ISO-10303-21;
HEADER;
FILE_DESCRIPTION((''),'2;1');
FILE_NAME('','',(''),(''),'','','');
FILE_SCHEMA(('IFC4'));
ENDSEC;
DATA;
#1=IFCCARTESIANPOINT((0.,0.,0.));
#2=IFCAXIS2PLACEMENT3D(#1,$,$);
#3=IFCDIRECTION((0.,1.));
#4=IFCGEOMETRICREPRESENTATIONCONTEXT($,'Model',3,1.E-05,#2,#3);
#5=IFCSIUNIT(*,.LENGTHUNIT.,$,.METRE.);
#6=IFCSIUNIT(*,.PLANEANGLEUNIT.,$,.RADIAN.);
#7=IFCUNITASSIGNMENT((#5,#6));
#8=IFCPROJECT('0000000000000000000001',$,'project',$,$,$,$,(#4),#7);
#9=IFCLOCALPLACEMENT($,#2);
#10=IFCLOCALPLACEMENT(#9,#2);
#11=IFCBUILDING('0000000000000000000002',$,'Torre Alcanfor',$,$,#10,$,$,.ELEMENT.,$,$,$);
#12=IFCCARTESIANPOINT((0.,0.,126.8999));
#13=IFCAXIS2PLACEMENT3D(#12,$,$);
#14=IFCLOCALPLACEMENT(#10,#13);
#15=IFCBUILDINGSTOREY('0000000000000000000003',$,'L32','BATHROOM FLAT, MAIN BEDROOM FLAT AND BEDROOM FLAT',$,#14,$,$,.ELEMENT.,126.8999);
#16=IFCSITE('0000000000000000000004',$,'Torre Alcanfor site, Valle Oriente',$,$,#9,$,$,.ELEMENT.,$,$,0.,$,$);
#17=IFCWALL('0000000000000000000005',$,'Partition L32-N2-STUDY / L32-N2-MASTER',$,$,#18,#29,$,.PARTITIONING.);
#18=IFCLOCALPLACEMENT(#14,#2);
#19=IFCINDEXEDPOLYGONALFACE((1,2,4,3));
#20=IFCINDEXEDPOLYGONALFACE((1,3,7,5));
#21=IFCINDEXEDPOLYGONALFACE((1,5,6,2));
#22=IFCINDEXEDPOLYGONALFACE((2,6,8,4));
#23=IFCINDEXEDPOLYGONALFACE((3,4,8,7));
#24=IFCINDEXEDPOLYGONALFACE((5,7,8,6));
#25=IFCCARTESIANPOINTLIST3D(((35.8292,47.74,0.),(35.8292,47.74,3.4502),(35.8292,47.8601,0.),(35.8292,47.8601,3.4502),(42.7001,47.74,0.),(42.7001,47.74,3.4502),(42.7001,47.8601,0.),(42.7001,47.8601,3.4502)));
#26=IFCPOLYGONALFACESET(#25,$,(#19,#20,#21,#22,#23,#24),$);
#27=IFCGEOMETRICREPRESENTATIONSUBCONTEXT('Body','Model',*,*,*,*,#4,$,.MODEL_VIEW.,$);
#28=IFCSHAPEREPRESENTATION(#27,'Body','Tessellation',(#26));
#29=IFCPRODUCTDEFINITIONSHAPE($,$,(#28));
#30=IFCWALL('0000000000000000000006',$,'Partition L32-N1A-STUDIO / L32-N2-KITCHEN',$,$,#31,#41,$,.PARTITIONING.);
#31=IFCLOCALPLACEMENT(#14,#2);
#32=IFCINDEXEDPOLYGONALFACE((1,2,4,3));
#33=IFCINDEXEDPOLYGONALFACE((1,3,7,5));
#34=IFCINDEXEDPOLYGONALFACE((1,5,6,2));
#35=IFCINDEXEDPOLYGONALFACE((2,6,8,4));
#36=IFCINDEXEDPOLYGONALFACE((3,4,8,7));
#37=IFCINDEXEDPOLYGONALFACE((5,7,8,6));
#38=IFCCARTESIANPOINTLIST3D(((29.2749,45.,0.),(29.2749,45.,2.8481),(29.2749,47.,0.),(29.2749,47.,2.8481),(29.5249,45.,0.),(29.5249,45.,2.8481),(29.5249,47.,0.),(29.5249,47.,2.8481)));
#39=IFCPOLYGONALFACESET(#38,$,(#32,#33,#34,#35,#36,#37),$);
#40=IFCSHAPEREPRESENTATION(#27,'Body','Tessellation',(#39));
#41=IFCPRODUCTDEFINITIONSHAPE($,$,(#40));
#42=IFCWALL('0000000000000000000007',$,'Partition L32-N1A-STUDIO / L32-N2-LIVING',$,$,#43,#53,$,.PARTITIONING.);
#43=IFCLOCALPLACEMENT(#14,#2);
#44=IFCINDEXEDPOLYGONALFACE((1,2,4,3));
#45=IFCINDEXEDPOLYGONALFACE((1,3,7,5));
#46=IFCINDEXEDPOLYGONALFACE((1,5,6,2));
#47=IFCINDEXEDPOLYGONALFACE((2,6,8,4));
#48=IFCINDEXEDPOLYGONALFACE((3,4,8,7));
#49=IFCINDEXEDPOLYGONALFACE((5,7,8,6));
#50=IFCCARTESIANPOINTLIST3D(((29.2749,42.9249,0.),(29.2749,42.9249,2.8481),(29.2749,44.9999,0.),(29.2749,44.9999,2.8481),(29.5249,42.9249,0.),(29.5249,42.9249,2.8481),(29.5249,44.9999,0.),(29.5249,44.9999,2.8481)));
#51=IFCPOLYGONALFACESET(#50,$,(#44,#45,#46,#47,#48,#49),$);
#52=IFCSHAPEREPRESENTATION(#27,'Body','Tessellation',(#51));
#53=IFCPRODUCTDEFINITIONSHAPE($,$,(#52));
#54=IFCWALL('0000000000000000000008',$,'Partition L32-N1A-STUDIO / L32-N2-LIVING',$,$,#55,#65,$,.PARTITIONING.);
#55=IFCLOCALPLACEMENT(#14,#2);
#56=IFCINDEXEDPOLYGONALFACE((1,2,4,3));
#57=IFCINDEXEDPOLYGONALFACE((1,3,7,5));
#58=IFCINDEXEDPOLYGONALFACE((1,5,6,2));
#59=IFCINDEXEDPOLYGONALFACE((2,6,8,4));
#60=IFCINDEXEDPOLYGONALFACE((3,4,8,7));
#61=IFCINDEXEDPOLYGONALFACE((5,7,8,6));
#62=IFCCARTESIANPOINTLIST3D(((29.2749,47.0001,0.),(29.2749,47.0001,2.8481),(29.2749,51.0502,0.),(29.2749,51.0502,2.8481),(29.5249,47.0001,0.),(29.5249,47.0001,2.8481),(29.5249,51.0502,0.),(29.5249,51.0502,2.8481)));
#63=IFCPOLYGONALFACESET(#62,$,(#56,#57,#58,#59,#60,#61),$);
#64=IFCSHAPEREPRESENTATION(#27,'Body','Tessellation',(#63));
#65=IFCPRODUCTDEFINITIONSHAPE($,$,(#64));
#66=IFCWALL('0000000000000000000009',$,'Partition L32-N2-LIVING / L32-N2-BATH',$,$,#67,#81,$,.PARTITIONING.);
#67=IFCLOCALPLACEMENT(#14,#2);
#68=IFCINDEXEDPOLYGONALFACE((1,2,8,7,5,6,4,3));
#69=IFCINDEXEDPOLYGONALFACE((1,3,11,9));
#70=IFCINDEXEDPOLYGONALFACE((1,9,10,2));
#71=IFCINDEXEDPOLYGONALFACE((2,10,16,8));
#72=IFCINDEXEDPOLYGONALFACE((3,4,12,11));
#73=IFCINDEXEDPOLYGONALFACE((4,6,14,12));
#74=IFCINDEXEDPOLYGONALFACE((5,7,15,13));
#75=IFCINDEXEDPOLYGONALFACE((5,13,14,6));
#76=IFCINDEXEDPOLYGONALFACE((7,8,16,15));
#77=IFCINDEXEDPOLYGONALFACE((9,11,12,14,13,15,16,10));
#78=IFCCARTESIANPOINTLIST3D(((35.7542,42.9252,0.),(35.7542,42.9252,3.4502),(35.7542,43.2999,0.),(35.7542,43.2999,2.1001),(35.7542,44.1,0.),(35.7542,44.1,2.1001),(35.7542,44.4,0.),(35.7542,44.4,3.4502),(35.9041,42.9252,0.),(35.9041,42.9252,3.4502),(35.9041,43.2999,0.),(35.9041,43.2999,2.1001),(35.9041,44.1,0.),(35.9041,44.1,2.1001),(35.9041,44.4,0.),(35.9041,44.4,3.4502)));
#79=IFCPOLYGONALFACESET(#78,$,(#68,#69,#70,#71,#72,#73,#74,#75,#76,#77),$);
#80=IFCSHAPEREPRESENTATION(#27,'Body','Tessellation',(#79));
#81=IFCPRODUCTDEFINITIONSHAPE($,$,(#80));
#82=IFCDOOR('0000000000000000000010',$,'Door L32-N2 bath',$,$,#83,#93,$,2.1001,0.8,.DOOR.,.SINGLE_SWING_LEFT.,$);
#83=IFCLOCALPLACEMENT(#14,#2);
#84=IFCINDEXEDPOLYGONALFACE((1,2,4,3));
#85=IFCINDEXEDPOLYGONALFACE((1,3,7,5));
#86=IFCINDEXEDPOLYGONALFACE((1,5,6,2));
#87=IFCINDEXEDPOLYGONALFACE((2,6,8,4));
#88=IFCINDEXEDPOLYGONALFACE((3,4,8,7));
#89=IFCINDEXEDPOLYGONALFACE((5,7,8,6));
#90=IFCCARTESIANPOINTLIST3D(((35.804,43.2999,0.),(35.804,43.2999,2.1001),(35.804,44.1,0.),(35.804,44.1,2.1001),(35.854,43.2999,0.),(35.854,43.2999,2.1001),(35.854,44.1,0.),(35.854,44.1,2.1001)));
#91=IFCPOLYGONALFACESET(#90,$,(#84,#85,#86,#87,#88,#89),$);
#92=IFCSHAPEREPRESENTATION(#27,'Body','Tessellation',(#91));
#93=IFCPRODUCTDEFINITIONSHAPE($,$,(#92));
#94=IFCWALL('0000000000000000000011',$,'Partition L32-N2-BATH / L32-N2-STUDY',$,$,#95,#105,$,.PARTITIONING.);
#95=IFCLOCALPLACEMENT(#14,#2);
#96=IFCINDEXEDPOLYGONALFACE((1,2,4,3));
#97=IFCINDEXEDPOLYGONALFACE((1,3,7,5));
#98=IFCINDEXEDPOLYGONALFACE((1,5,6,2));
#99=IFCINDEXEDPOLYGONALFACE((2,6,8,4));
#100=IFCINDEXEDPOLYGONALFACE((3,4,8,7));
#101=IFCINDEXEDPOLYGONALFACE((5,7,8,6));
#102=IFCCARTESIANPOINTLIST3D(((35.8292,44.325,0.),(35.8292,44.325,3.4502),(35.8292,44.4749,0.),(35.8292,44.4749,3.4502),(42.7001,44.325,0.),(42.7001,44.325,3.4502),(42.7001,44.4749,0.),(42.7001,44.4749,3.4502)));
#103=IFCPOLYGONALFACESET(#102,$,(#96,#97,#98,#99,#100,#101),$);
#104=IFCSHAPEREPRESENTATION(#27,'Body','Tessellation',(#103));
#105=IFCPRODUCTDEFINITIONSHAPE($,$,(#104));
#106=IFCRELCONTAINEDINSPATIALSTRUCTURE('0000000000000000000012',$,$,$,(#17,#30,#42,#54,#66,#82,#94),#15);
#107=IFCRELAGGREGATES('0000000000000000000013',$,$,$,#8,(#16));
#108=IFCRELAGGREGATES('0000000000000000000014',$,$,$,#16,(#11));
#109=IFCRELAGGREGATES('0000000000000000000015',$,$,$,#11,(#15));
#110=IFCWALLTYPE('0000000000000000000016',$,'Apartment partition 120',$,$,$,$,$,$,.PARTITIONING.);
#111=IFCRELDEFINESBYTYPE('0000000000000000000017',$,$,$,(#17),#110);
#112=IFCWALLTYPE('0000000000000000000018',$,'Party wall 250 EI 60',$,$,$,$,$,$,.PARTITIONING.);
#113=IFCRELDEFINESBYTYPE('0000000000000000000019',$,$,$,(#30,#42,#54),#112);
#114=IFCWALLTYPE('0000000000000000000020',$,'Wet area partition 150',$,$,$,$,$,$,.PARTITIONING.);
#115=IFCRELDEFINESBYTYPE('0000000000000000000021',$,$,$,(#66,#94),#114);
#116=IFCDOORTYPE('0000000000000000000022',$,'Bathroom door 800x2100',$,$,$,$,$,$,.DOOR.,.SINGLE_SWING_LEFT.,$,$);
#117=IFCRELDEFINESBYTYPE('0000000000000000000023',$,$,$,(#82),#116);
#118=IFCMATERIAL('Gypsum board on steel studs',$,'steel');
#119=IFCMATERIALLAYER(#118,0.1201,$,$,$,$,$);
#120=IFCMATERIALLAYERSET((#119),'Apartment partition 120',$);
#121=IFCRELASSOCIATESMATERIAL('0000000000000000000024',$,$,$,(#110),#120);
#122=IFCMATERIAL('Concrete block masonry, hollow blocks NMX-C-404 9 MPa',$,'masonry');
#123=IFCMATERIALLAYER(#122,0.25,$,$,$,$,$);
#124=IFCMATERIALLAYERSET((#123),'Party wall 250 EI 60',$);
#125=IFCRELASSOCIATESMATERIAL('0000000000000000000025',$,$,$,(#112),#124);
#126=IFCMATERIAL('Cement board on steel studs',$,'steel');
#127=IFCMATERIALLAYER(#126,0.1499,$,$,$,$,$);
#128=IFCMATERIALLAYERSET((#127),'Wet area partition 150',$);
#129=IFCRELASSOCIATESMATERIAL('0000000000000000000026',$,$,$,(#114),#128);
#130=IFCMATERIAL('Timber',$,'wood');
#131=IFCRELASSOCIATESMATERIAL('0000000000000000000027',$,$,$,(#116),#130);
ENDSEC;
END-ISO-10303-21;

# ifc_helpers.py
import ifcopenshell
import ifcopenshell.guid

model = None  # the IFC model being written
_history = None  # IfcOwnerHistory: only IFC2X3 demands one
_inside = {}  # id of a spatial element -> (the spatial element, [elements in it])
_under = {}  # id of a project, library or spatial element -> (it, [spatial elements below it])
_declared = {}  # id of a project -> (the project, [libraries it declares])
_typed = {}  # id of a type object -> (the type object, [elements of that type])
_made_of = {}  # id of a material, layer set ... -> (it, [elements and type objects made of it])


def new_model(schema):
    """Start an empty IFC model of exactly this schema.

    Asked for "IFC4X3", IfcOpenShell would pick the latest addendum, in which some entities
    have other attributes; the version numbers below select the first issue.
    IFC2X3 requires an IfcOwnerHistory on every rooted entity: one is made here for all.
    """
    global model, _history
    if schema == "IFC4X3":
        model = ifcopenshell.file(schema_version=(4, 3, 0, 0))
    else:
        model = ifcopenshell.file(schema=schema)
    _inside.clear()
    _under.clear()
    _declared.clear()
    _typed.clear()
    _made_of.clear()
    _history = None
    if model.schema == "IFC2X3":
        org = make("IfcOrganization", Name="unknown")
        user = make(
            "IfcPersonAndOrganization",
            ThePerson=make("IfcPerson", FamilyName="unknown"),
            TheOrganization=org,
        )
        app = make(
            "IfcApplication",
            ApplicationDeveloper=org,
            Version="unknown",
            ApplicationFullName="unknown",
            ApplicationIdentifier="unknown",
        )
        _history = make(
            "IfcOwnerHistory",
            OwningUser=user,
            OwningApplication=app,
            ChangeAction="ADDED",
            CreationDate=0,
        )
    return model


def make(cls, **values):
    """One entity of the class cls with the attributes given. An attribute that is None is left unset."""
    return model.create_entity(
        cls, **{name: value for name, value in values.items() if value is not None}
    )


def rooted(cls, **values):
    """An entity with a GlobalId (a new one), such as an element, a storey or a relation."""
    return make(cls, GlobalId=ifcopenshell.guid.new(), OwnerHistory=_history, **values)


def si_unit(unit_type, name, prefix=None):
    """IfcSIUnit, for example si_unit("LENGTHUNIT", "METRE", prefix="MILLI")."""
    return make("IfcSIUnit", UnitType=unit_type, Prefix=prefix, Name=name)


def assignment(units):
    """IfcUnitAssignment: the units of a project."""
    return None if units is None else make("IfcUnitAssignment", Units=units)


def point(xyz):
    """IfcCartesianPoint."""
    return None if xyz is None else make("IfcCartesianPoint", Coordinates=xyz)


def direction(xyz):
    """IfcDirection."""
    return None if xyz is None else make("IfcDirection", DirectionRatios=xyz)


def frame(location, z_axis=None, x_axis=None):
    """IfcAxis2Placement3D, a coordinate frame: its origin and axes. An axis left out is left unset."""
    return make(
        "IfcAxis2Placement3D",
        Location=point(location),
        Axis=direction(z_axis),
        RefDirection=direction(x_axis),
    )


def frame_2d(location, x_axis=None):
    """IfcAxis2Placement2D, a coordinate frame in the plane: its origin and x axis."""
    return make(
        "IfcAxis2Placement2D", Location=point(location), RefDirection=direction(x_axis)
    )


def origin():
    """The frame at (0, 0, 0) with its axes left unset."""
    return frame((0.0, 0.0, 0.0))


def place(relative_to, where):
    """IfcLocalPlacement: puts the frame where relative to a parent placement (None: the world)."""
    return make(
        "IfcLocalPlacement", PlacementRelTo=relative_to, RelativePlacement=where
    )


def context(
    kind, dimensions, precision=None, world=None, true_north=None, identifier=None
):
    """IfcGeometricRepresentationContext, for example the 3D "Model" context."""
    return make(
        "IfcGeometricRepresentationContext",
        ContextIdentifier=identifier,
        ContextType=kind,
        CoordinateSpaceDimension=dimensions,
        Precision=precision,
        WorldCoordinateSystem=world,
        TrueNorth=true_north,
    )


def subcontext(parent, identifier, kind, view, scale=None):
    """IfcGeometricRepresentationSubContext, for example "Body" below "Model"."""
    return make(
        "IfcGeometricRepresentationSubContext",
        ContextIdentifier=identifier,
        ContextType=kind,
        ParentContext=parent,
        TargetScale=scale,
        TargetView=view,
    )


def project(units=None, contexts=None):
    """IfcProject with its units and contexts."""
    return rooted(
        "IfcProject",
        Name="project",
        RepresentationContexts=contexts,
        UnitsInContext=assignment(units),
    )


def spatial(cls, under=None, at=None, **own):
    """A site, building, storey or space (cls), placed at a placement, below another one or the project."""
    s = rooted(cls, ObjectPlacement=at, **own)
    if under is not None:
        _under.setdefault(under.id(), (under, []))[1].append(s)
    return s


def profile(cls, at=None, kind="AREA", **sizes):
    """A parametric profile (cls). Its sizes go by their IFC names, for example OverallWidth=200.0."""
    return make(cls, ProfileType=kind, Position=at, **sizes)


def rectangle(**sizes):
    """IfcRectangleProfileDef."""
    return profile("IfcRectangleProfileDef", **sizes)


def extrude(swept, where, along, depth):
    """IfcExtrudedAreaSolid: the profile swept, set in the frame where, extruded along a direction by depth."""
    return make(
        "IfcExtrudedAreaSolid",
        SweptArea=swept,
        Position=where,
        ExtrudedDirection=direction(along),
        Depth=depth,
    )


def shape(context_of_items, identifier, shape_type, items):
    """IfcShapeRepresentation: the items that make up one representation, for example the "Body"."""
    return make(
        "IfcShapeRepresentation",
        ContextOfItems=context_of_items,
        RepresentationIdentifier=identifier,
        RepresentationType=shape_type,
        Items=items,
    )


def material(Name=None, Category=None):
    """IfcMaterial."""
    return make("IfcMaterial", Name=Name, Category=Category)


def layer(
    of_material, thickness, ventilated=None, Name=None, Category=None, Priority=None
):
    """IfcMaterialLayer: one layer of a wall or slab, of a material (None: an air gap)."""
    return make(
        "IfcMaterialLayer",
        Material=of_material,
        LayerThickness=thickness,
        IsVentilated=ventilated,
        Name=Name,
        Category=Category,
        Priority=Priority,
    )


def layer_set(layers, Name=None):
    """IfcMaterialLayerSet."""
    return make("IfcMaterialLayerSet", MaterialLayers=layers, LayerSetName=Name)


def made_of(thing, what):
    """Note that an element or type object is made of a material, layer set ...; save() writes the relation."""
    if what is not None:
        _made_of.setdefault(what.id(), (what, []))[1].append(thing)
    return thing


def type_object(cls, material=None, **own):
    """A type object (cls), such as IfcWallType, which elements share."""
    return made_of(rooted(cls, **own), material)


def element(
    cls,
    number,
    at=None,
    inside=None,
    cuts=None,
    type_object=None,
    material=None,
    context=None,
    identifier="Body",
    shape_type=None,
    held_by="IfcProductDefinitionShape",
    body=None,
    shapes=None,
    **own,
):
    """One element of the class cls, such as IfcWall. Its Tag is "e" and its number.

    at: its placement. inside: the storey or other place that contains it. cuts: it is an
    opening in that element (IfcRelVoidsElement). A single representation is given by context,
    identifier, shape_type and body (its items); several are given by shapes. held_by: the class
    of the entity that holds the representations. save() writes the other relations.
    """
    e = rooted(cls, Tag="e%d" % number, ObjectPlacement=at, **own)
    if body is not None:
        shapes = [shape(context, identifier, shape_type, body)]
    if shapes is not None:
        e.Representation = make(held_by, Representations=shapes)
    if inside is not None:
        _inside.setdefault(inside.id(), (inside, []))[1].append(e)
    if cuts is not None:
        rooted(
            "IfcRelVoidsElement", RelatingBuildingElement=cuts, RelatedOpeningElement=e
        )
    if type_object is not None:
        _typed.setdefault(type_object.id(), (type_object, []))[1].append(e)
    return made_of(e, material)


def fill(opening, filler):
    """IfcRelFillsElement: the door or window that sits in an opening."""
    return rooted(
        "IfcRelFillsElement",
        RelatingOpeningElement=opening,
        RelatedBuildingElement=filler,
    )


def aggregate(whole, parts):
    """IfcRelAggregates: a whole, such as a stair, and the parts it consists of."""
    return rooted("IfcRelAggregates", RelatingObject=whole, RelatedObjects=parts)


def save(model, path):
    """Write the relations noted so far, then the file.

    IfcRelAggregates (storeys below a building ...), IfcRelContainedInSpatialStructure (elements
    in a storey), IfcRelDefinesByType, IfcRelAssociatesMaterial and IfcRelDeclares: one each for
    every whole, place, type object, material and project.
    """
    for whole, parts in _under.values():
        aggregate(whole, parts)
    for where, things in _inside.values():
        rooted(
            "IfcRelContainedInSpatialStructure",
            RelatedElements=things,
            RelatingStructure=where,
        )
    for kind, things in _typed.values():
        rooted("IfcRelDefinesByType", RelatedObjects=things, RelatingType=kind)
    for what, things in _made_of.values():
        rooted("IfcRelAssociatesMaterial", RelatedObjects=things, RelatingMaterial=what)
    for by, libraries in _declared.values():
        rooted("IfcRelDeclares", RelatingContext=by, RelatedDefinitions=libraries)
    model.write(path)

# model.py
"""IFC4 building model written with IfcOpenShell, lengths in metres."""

from ifc_helpers import new_model, si_unit, direction, frame, frame_2d, origin, place, context, subcontext, project, spatial, rectangle, extrude, material, layer, layer_set, type_object, element, fill, save


model = new_model("IFC4")

# Units and contexts
model_context = context("Model", 3, precision=1e-05, world=origin(), true_north=direction((0.0, 1.0)))
body_context = subcontext(model_context, "Body", "Model", "MODEL_VIEW")
ifc_project = project(units=[si_unit("LENGTHUNIT", "METRE"), si_unit("PLANEANGLEUNIT", "RADIAN")], contexts=[model_context])

# Site, building, storey
site_placement = place(None, origin())
site = spatial("IfcSite", under=ifc_project, at=site_placement, Name="Torre Alcanfor site, Valle Oriente", CompositionType="ELEMENT", RefElevation=0.0)
building_placement = place(site_placement, origin())
building = spatial("IfcBuilding", under=site, at=building_placement, Name="Torre Alcanfor", CompositionType="ELEMENT")
storey_placement = place(building_placement, frame((0.0, 0.0, 126.8999)))
storey = spatial("IfcBuildingStorey", under=building, at=storey_placement, Name="L32", Description="BATHROOM FLAT, MAIN BEDROOM FLAT AND BEDROOM FLAT", CompositionType="ELEMENT", Elevation=126.8999)

# Shared definitions
ifc_material_1 = material(Name="Gypsum board on steel studs", Category="steel")
ifc_layer_1 = layer(ifc_material_1, 0.1201)
ifc_layer_set_1 = layer_set([ifc_layer_1], Name="Apartment partition 120")
wall_type_1 = type_object("IfcWallType", Name="Apartment partition 120", PredefinedType="PARTITIONING", material=ifc_layer_set_1)

# Walls
wall_1_placement = place(storey_placement, frame((35.8291, 47.8, 0.0), z_axis=(0.0, 0.0, 1.0), x_axis=(1.0, 0.0, 0.0)))
element("IfcWall", 1, at=wall_1_placement, inside=storey, type_object=wall_type_1, Name="Partition L32-N2-STUDY / L32-N2-MASTER", PredefinedType="PARTITIONING", context=body_context, shape_type="SweptSolid", body=[
    extrude(rectangle(XDim=6.8708, YDim=0.1201, at=frame_2d((3.4355, 0.0))), origin(), (0.0, 0.0, 1.0), 3.4502),
])
ifc_material_2 = material(Name="Concrete block masonry, hollow blocks NMX-C-404 9 MPa", Category="masonry")
ifc_layer_2 = layer(ifc_material_2, 0.25)
ifc_layer_set_2 = layer_set([ifc_layer_2], Name="Party wall 250 EI 60")
wall_type_2 = type_object("IfcWallType", Name="Party wall 250 EI 60", PredefinedType="PARTITIONING", material=ifc_layer_set_2)
wall_2_placement = place(storey_placement, frame((29.3999, 47.0, 0.0), z_axis=(0.0, 0.0, 1.0), x_axis=(0.0, -1.0, 0.0)))
element("IfcWall", 2, at=wall_2_placement, inside=storey, type_object=wall_type_2, Name="Partition L32-N1A-STUDIO / L32-N2-KITCHEN", PredefinedType="PARTITIONING", context=body_context, shape_type="SweptSolid", body=[
    extrude(rectangle(XDim=2.0, YDim=0.25, at=frame_2d((1.0, 0.0))), origin(), (0.0, 0.0, 1.0), 2.8481),
])
wall_3_placement = place(storey_placement, frame((29.3999, 45.0, 0.0), z_axis=(0.0, 0.0, 1.0), x_axis=(0.0, -1.0, 0.0)))
element("IfcWall", 3, at=wall_3_placement, inside=storey, type_object=wall_type_2, Name="Partition L32-N1A-STUDIO / L32-N2-LIVING", PredefinedType="PARTITIONING", context=body_context, shape_type="SweptSolid", body=[
    extrude(rectangle(XDim=2.075, YDim=0.25, at=frame_2d((1.0376, 0.0))), origin(), (0.0, 0.0, 1.0), 2.8481),
])
wall_4_placement = place(storey_placement, frame((29.3999, 51.05, 0.0), z_axis=(0.0, 0.0, 1.0), x_axis=(0.0, -1.0, 0.0)))
element("IfcWall", 4, at=wall_4_placement, inside=storey, type_object=wall_type_2, Name="Partition L32-N1A-STUDIO / L32-N2-LIVING", PredefinedType="PARTITIONING", context=body_context, shape_type="SweptSolid", body=[
    extrude(rectangle(XDim=4.05, YDim=0.25, at=frame_2d((2.0249, 0.0))), origin(), (0.0, 0.0, 1.0), 2.8481),
])

# Wall, opening, door
ifc_material_3 = material(Name="Cement board on steel studs", Category="steel")
ifc_layer_3 = layer(ifc_material_3, 0.1499)
ifc_layer_set_3 = layer_set([ifc_layer_3], Name="Wet area partition 150")
wall_type_3 = type_object("IfcWallType", Name="Wet area partition 150", PredefinedType="PARTITIONING", material=ifc_layer_set_3)
wall_5_placement = place(storey_placement, frame((35.8291, 44.3999, 0.0), z_axis=(0.0, 0.0, 1.0), x_axis=(0.0, -1.0, 0.0)))
wall_5 = element("IfcWall", 5, at=wall_5_placement, inside=storey, type_object=wall_type_3, Name="Partition L32-N2-LIVING / L32-N2-BATH", PredefinedType="PARTITIONING", context=body_context, shape_type="SweptSolid", body=[
    extrude(rectangle(XDim=1.4749, YDim=0.1499, at=frame_2d((0.7373, 0.0))), origin(), (0.0, 0.0, 1.0), 3.4502),
])
opening_1_placement = place(wall_5_placement, frame((0.3, 0.0, 0.0)))
opening_1 = element("IfcOpeningElement", 6, at=opening_1_placement, cuts=wall_5, PredefinedType="OPENING", context=body_context, shape_type="SweptSolid", body=[
    extrude(rectangle(XDim=0.8, YDim=2.1001, at=frame_2d((0.3999, 1.05))), frame((0.0, 0.085, 0.0), z_axis=(0.0, -1.0, 0.0), x_axis=(1.0, 0.0, 0.0)), (0.0, 0.0, 1.0), 0.1699),
])
ifc_material_4 = material(Name="Timber", Category="wood")
door_type_1 = type_object("IfcDoorType", Name="Bathroom door 800x2100", OperationType="SINGLE_SWING_LEFT", PredefinedType="DOOR", material=ifc_material_4)
door_1_placement = place(opening_1_placement, origin())
door_1 = element("IfcDoor", 7, at=door_1_placement, inside=storey, type_object=door_type_1, Name="Door L32-N2 bath", OperationType="SINGLE_SWING_LEFT", OverallHeight=2.1001, OverallWidth=0.8, PredefinedType="DOOR", context=body_context, shape_type="SweptSolid", body=[
    extrude(rectangle(XDim=0.8, YDim=2.1001, at=frame_2d((0.3999, 1.05))), frame((0.0, 0.0249, 0.0), z_axis=(0.0, -1.0, 0.0), x_axis=(1.0, 0.0, 0.0)), (0.0, 0.0, 1.0), 0.05),
])
fill(opening_1, door_1)

# Wall
wall_6_placement = place(storey_placement, frame((35.8291, 44.3999, 0.0), z_axis=(0.0, 0.0, 1.0), x_axis=(1.0, 0.0, 0.0)))
element("IfcWall", 8, at=wall_6_placement, inside=storey, type_object=wall_type_3, Name="Partition L32-N2-BATH / L32-N2-STUDY", PredefinedType="PARTITIONING", context=body_context, shape_type="SweptSolid", body=[
    extrude(rectangle(XDim=6.8708, YDim=0.1499, at=frame_2d((3.4355, 0.0))), origin(), (0.0, 0.0, 1.0), 3.4502),
])

save(model, "model.ifc")
